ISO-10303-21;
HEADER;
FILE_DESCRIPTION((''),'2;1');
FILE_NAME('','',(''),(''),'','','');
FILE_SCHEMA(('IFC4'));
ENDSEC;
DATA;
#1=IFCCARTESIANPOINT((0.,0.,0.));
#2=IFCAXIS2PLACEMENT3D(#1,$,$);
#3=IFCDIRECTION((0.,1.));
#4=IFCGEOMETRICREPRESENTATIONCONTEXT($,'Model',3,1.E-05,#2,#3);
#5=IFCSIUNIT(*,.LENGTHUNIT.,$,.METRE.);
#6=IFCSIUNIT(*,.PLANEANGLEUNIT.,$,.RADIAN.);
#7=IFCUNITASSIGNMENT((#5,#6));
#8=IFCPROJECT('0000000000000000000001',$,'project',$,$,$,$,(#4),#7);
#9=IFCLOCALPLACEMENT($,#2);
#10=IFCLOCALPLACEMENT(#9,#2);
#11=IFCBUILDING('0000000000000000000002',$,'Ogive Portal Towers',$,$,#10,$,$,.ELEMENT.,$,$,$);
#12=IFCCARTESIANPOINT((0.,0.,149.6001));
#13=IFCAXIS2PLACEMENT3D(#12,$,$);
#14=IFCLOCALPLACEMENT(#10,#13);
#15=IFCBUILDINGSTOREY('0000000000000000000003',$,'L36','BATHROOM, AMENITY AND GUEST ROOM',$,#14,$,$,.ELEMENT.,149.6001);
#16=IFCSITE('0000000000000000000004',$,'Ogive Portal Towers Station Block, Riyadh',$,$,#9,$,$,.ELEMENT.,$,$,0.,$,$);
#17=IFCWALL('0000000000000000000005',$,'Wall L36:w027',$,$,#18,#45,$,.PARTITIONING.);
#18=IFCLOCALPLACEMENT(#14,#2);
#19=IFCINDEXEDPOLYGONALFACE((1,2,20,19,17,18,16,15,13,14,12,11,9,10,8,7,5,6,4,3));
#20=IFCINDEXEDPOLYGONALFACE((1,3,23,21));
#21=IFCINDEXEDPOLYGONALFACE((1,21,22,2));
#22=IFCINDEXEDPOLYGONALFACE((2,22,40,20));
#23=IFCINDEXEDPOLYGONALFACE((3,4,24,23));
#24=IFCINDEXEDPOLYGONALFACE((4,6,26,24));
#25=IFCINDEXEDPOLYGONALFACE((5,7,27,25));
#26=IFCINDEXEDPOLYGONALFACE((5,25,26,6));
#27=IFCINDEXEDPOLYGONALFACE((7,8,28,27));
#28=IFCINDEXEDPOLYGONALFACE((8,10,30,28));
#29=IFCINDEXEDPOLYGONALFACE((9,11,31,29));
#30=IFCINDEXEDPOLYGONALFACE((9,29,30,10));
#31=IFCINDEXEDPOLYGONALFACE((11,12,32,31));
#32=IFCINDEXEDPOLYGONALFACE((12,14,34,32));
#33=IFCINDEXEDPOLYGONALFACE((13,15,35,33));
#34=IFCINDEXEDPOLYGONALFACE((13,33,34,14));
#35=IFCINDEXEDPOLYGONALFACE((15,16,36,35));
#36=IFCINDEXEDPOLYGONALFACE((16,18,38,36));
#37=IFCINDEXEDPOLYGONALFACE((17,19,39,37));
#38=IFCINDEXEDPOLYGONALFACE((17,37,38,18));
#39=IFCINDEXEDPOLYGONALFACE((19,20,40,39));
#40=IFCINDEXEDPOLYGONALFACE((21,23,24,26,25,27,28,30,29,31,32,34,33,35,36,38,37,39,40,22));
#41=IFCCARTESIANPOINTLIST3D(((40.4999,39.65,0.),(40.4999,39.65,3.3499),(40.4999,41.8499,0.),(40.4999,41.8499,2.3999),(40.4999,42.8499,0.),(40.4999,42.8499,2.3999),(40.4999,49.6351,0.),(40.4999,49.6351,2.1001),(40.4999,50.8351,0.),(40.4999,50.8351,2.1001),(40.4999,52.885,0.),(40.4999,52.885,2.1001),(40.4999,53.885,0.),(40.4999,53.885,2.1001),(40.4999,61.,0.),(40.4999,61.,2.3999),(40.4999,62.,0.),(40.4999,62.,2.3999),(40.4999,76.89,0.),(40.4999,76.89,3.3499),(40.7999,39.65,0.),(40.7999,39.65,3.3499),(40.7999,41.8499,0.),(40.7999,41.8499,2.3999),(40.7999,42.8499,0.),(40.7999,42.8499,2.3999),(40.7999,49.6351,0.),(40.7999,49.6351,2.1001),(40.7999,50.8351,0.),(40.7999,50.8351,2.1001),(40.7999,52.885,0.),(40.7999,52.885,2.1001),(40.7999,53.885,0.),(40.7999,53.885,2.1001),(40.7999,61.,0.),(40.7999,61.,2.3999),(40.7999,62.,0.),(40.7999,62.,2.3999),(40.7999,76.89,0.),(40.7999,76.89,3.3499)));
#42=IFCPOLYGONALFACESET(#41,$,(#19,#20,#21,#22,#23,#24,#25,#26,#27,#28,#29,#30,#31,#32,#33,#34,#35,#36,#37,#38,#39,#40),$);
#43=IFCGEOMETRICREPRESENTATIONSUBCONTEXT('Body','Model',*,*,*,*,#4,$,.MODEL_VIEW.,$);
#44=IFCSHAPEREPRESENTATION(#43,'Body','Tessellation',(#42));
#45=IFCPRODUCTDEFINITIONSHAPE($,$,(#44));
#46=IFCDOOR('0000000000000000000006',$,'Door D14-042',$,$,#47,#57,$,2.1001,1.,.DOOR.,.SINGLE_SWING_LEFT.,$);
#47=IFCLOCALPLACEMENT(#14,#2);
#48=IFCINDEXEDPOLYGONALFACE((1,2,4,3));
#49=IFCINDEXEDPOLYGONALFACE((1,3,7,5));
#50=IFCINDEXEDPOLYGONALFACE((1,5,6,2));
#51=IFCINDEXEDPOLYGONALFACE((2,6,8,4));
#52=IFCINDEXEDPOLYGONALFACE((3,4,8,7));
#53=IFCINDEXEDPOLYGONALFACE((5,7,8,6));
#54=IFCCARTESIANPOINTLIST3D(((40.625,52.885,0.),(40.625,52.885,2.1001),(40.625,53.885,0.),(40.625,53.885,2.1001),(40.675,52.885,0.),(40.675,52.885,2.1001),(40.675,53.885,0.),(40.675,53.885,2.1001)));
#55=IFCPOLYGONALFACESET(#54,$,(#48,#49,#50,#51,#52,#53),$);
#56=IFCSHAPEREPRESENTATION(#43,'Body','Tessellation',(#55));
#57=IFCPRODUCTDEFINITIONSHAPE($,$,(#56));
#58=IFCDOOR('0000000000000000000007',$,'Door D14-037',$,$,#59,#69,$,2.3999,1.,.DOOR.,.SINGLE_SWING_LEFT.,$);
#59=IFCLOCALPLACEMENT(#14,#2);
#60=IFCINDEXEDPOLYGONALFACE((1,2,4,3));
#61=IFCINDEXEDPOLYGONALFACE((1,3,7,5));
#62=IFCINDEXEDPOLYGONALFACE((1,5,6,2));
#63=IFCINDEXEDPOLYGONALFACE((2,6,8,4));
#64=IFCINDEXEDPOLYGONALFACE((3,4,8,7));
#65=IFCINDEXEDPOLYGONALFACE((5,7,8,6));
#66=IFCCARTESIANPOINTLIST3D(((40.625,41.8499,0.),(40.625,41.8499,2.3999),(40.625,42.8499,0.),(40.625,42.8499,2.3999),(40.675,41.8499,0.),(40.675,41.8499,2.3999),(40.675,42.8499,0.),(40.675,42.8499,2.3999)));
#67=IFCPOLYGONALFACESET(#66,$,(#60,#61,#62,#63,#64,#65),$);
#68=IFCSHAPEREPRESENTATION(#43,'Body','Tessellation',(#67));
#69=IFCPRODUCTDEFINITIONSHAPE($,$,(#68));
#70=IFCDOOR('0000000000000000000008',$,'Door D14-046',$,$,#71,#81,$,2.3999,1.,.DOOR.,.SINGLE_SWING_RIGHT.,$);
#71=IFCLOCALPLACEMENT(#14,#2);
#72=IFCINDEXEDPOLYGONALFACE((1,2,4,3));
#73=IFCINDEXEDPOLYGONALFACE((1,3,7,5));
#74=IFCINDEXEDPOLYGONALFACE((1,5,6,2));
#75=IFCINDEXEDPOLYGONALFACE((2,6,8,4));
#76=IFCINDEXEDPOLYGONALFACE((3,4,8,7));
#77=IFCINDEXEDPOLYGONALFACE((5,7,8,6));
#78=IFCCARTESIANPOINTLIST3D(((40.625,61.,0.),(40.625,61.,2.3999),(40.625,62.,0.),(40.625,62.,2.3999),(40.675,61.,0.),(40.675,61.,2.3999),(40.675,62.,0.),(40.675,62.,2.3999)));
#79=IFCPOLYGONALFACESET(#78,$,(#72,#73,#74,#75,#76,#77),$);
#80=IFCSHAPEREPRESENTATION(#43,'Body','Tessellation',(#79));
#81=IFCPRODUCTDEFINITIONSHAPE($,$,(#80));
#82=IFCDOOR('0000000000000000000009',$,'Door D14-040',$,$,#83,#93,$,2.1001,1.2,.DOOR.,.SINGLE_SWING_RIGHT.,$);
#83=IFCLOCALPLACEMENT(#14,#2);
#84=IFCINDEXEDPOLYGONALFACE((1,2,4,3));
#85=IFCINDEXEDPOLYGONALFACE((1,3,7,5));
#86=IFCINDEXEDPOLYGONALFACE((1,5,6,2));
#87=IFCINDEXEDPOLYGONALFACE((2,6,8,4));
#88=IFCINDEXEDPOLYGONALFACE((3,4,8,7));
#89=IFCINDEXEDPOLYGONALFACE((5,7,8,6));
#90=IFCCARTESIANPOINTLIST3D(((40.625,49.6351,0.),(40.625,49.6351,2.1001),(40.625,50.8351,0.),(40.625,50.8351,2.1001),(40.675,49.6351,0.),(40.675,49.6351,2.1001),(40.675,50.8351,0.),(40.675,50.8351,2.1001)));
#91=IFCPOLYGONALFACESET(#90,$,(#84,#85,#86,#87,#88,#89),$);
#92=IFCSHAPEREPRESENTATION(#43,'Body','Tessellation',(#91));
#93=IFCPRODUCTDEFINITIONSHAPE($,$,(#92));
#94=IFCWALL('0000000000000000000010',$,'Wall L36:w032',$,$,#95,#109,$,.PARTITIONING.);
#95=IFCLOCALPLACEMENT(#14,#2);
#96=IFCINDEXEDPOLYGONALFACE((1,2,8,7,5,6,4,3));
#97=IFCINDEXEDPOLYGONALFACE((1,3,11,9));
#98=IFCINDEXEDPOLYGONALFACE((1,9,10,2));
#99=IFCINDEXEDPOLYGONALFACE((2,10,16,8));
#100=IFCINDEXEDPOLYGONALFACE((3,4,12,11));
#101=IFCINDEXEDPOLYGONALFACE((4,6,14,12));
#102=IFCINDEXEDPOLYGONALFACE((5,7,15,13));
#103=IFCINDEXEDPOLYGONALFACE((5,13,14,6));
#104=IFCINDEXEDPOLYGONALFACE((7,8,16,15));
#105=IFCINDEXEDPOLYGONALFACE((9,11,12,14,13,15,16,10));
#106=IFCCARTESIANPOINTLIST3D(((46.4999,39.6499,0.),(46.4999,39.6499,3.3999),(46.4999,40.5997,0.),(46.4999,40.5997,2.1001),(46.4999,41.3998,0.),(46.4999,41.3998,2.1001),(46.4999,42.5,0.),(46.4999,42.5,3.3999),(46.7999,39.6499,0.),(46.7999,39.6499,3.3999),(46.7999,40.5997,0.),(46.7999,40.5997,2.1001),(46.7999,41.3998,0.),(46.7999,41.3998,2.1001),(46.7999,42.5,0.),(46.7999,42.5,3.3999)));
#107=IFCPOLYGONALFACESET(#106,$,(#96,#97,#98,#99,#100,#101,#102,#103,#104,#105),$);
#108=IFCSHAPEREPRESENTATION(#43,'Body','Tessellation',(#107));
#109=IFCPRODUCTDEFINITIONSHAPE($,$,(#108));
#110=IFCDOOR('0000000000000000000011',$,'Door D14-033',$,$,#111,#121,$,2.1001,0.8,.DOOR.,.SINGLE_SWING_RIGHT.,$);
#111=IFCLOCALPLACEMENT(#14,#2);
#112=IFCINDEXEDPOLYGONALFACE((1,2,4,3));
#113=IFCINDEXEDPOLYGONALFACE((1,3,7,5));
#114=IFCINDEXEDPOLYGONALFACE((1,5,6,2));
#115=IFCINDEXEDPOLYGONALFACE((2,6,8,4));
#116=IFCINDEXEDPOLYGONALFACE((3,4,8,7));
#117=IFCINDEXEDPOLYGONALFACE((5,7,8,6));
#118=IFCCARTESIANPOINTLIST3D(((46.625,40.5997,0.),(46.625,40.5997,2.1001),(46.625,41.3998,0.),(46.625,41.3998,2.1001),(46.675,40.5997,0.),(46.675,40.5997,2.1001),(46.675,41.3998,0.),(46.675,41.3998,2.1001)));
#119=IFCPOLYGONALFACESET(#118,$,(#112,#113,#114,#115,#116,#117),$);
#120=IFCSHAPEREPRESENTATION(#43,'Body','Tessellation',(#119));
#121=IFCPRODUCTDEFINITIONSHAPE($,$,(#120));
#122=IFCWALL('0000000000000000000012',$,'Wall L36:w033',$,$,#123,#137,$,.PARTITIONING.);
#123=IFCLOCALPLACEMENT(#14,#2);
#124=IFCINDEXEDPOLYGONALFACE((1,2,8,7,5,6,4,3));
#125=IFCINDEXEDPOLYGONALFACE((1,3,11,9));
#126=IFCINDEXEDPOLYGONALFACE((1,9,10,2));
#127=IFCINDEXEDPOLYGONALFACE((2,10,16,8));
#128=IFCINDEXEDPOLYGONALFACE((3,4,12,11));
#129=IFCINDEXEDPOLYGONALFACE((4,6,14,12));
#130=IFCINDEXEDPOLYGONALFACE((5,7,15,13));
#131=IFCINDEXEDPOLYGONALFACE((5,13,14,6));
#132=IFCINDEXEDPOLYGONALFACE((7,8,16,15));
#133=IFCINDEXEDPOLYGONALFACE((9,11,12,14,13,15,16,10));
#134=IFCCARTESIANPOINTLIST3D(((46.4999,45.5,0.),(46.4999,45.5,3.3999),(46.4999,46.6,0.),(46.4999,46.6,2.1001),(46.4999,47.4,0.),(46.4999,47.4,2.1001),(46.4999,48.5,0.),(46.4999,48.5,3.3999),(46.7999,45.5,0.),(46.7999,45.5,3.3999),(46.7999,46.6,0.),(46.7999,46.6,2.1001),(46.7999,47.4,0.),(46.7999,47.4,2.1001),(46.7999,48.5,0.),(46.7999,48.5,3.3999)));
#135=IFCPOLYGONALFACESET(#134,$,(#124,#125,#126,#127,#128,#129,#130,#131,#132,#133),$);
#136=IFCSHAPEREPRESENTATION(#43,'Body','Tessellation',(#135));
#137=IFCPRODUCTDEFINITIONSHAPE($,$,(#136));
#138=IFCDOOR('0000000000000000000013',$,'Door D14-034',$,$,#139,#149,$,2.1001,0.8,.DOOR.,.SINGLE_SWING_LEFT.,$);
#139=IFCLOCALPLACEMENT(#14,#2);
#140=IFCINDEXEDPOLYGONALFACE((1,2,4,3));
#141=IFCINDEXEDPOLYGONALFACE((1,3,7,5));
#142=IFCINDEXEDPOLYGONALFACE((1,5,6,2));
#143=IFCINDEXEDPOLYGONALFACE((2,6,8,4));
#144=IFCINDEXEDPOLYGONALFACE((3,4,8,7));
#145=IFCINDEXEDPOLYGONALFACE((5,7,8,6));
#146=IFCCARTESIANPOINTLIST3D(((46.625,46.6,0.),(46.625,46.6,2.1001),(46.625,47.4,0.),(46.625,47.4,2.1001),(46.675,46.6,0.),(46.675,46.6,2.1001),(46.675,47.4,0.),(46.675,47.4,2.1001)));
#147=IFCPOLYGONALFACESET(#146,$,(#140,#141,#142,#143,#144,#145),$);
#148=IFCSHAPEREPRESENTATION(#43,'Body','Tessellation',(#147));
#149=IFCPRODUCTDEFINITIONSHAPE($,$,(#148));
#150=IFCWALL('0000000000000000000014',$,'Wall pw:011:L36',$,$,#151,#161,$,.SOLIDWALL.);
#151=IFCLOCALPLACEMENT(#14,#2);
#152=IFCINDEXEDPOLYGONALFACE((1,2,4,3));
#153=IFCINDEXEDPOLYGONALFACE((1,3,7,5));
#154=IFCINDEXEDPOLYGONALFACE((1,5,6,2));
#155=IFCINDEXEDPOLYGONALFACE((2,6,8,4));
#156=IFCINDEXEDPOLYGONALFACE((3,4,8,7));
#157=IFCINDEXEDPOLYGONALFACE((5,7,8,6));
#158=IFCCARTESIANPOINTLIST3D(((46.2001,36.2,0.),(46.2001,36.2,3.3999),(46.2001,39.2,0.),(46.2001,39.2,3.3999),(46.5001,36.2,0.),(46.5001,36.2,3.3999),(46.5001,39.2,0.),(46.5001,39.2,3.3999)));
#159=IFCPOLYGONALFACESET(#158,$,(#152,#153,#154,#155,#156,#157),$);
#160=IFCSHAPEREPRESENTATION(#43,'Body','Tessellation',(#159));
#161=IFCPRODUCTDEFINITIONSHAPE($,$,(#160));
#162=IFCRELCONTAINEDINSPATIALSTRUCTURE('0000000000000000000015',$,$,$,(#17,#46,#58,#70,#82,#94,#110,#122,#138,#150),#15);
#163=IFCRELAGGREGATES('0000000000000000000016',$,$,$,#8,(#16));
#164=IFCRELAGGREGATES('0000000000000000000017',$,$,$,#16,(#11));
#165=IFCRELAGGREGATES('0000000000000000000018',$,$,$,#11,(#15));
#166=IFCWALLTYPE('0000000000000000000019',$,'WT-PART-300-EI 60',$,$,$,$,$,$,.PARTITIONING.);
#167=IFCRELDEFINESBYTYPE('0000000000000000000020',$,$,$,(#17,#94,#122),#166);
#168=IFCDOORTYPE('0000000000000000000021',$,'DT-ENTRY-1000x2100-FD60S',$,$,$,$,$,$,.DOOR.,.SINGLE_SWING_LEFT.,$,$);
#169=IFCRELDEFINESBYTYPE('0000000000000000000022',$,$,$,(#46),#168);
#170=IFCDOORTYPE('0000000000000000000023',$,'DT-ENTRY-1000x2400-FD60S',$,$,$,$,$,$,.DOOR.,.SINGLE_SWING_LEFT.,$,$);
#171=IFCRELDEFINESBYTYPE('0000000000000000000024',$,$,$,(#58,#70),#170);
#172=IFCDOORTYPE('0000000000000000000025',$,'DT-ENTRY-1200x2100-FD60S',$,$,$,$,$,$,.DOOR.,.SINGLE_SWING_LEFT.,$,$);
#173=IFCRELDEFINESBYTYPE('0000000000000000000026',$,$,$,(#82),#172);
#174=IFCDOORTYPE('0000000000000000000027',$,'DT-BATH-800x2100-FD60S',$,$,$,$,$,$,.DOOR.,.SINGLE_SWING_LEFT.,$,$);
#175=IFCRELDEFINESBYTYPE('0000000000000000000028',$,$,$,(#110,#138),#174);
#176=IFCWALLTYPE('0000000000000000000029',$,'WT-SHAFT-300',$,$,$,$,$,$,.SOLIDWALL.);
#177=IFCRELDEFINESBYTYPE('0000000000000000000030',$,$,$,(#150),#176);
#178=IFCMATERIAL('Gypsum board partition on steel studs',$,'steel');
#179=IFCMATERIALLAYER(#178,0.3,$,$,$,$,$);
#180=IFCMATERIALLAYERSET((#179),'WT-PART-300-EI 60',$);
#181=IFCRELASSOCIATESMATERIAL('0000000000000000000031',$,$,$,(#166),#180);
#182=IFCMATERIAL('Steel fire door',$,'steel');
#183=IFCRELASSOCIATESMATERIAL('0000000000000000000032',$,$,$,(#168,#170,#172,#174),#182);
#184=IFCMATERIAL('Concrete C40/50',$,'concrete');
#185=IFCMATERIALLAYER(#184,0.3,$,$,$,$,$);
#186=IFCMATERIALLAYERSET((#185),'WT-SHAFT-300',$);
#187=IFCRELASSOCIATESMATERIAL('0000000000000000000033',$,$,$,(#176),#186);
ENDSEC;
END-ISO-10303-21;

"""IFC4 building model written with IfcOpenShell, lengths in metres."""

from ifc_helpers import new_model, si_unit, direction, frame, frame_2d, origin, place, context, subcontext, project, spatial, rectangle, extrude, material, layer, layer_set, type_object, element, fill, save


model = new_model("IFC4")

# Units and contexts
model_context = context("Model", 3, precision=1e-05, world=origin(), true_north=direction((0.0, 1.0)))
body_context = subcontext(model_context, "Body", "Model", "MODEL_VIEW")
ifc_project = project(units=[si_unit("LENGTHUNIT", "METRE"), si_unit("PLANEANGLEUNIT", "RADIAN")], contexts=[model_context])

# Site, building, storey
site_placement = place(None, origin())
site = spatial("IfcSite", under=ifc_project, at=site_placement, Name="Ogive Portal Towers Station Block, Riyadh", CompositionType="ELEMENT", RefElevation=0.0)
building_placement = place(site_placement, origin())
building = spatial("IfcBuilding", under=site, at=building_placement, Name="Ogive Portal Towers", CompositionType="ELEMENT")
storey_placement = place(building_placement, frame((0.0, 0.0, 149.6001)))
storey = spatial("IfcBuildingStorey", under=building, at=storey_placement, Name="L36", Description="BATHROOM, AMENITY AND GUEST ROOM", CompositionType="ELEMENT", Elevation=149.6001)

# Shared definitions
ifc_material_1 = material(Name="Concrete C40/50", Category="concrete")

# Shared definitions
ifc_material_2 = material(Name="Gypsum board partition on steel studs", Category="steel")
ifc_layer_1 = layer(ifc_material_2, 0.3)
ifc_layer_set_1 = layer_set([ifc_layer_1], Name="WT-PART-300-EI 60")
wall_type_1 = type_object("IfcWallType", Name="WT-PART-300-EI 60", PredefinedType="PARTITIONING", material=ifc_layer_set_1)

# Wall, openings, doors
wall_1_placement = place(storey_placement, frame((40.6499, 39.6499, 0.0), z_axis=(0.0, 0.0, 1.0), x_axis=(0.0, 1.0, 0.0)))
wall_1 = element("IfcWall", 1, at=wall_1_placement, inside=storey, type_object=wall_type_1, Name="Wall L36:w027", PredefinedType="PARTITIONING", context=body_context, shape_type="SweptSolid", body=[
    extrude(rectangle(XDim=37.24, YDim=0.3, at=frame_2d((18.6201, 0.0))), origin(), (0.0, 0.0, 1.0), 3.3499),
])
opening_1_placement = place(wall_1_placement, frame((2.2, 0.0, 0.0)))
opening_1 = element("IfcOpeningElement", 2, at=opening_1_placement, cuts=wall_1, PredefinedType="OPENING", context=body_context, shape_type="SweptSolid", body=[
    extrude(rectangle(XDim=1.0, YDim=2.3999, at=frame_2d((0.5, 1.2))), frame((0.0, 0.1602, 0.0), z_axis=(0.0, -1.0, 0.0), x_axis=(1.0, 0.0, 0.0)), (0.0, 0.0, 1.0), 0.3201),
])
opening_2_placement = place(wall_1_placement, frame((9.9851, 0.0, 0.0)))
opening_2 = element("IfcOpeningElement", 3, at=opening_2_placement, cuts=wall_1, PredefinedType="OPENING", context=body_context, shape_type="SweptSolid", body=[
    extrude(rectangle(XDim=1.2, YDim=2.1001, at=frame_2d((0.6001, 1.05))), frame((0.0, 0.1602, 0.0), z_axis=(0.0, -1.0, 0.0), x_axis=(1.0, 0.0, 0.0)), (0.0, 0.0, 1.0), 0.3201),
])
opening_3_placement = place(wall_1_placement, frame((13.2351, 0.0, 0.0)))
opening_3 = element("IfcOpeningElement", 4, at=opening_3_placement, cuts=wall_1, PredefinedType="OPENING", context=body_context, shape_type="SweptSolid", body=[
    extrude(rectangle(XDim=1.0, YDim=2.1001, at=frame_2d((0.5, 1.05))), frame((0.0, 0.1602, 0.0), z_axis=(0.0, -1.0, 0.0), x_axis=(1.0, 0.0, 0.0)), (0.0, 0.0, 1.0), 0.3201),
])
opening_4_placement = place(wall_1_placement, frame((21.3501, 0.0, 0.0)))
opening_4 = element("IfcOpeningElement", 5, at=opening_4_placement, cuts=wall_1, PredefinedType="OPENING", context=body_context, shape_type="SweptSolid", body=[
    extrude(rectangle(XDim=1.0, YDim=2.3999, at=frame_2d((0.5, 1.2))), frame((0.0, 0.1602, 0.0), z_axis=(0.0, -1.0, 0.0), x_axis=(1.0, 0.0, 0.0)), (0.0, 0.0, 1.0), 0.3201),
])
ifc_material_3 = material(Name="Steel fire door", Category="steel")
door_type_1 = type_object("IfcDoorType", Name="DT-ENTRY-1000x2100-FD60S", OperationType="SINGLE_SWING_LEFT", PredefinedType="DOOR", material=ifc_material_3)
door_1_placement = place(opening_3_placement, origin())
door_1 = element("IfcDoor", 6, at=door_1_placement, inside=storey, type_object=door_type_1, Name="Door D14-042", OperationType="SINGLE_SWING_LEFT", OverallHeight=2.1001, OverallWidth=1.0, PredefinedType="DOOR", context=body_context, shape_type="SweptSolid", body=[
    extrude(rectangle(XDim=1.0, YDim=2.1001, at=frame_2d((0.5, 1.05))), frame((0.0, 0.0249, 0.0), z_axis=(0.0, -1.0, 0.0), x_axis=(1.0, 0.0, 0.0)), (0.0, 0.0, 1.0), 0.05),
])
fill(opening_3, door_1)
door_type_2 = type_object("IfcDoorType", Name="DT-ENTRY-1000x2400-FD60S", OperationType="SINGLE_SWING_LEFT", PredefinedType="DOOR", material=ifc_material_3)
door_2_placement = place(opening_1_placement, origin())
door_2 = element("IfcDoor", 7, at=door_2_placement, inside=storey, type_object=door_type_2, Name="Door D14-037", OperationType="SINGLE_SWING_LEFT", OverallHeight=2.3999, OverallWidth=1.0, PredefinedType="DOOR", context=body_context, shape_type="SweptSolid", body=[
    extrude(rectangle(XDim=1.0, YDim=2.3999, at=frame_2d((0.5, 1.2))), frame((0.0, 0.0249, 0.0), z_axis=(0.0, -1.0, 0.0), x_axis=(1.0, 0.0, 0.0)), (0.0, 0.0, 1.0), 0.05),
])
fill(opening_1, door_2)
door_3_placement = place(opening_4_placement, origin())
door_3 = element("IfcDoor", 8, at=door_3_placement, inside=storey, type_object=door_type_2, Name="Door D14-046", OperationType="SINGLE_SWING_RIGHT", OverallHeight=2.3999, OverallWidth=1.0, PredefinedType="DOOR", context=body_context, shape_type="SweptSolid", body=[
    extrude(rectangle(XDim=1.0, YDim=2.3999, at=frame_2d((0.5, 1.2))), frame((0.0, 0.0249, 0.0), z_axis=(0.0, -1.0, 0.0), x_axis=(1.0, 0.0, 0.0)), (0.0, 0.0, 1.0), 0.05),
])
fill(opening_4, door_3)
door_type_3 = type_object("IfcDoorType", Name="DT-ENTRY-1200x2100-FD60S", OperationType="SINGLE_SWING_LEFT", PredefinedType="DOOR", material=ifc_material_3)
door_4_placement = place(opening_2_placement, origin())
door_4 = element("IfcDoor", 9, at=door_4_placement, inside=storey, type_object=door_type_3, Name="Door D14-040", OperationType="SINGLE_SWING_RIGHT", OverallHeight=2.1001, OverallWidth=1.2, PredefinedType="DOOR", context=body_context, shape_type="SweptSolid", body=[
    extrude(rectangle(XDim=1.2, YDim=2.1001, at=frame_2d((0.6001, 1.05))), frame((0.0, 0.0249, 0.0), z_axis=(0.0, -1.0, 0.0), x_axis=(1.0, 0.0, 0.0)), (0.0, 0.0, 1.0), 0.05),
])
fill(opening_2, door_4)

# Walls, openings, doors
wall_2_placement = place(storey_placement, frame((46.6499, 39.6499, 0.0), z_axis=(0.0, 0.0, 1.0), x_axis=(0.0, 1.0, 0.0)))
wall_2 = element("IfcWall", 10, at=wall_2_placement, inside=storey, type_object=wall_type_1, Name="Wall L36:w032", PredefinedType="PARTITIONING", context=body_context, shape_type="SweptSolid", body=[
    extrude(rectangle(XDim=2.8501, YDim=0.3, at=frame_2d((1.425, 0.0))), origin(), (0.0, 0.0, 1.0), 3.3999),
])
opening_5_placement = place(wall_2_placement, frame((0.95, 0.0, 0.0)))
opening_5 = element("IfcOpeningElement", 11, at=opening_5_placement, cuts=wall_2, PredefinedType="OPENING", context=body_context, shape_type="SweptSolid", body=[
    extrude(rectangle(XDim=0.8, YDim=2.1001, at=frame_2d((0.3999, 1.05))), frame((0.0, 0.1602, 0.0), z_axis=(0.0, -1.0, 0.0), x_axis=(1.0, 0.0, 0.0)), (0.0, 0.0, 1.0), 0.3201),
])
door_type_4 = type_object("IfcDoorType", Name="DT-BATH-800x2100-FD60S", OperationType="SINGLE_SWING_LEFT", PredefinedType="DOOR", material=ifc_material_3)
door_5_placement = place(opening_5_placement, origin())
door_5 = element("IfcDoor", 12, at=door_5_placement, inside=storey, type_object=door_type_4, Name="Door D14-033", OperationType="SINGLE_SWING_RIGHT", OverallHeight=2.1001, OverallWidth=0.8, PredefinedType="DOOR", context=body_context, shape_type="SweptSolid", body=[
    extrude(rectangle(XDim=0.8, YDim=2.1001, at=frame_2d((0.3999, 1.05))), frame((0.0, 0.0249, 0.0), z_axis=(0.0, -1.0, 0.0), x_axis=(1.0, 0.0, 0.0)), (0.0, 0.0, 1.0), 0.05),
])
fill(opening_5, door_5)
wall_3_placement = place(storey_placement, frame((46.6499, 45.5, 0.0), z_axis=(0.0, 0.0, 1.0), x_axis=(0.0, 1.0, 0.0)))
wall_3 = element("IfcWall", 13, at=wall_3_placement, inside=storey, type_object=wall_type_1, Name="Wall L36:w033", PredefinedType="PARTITIONING", context=body_context, shape_type="SweptSolid", body=[
    extrude(rectangle(XDim=3.0, YDim=0.3, at=frame_2d((1.5, 0.0))), origin(), (0.0, 0.0, 1.0), 3.3999),
])
opening_6_placement = place(wall_3_placement, frame((1.1001, 0.0, 0.0)))
opening_6 = element("IfcOpeningElement", 14, at=opening_6_placement, cuts=wall_3, PredefinedType="OPENING", context=body_context, shape_type="SweptSolid", body=[
    extrude(rectangle(XDim=0.8, YDim=2.1001, at=frame_2d((0.3999, 1.05))), frame((0.0, 0.1602, 0.0), z_axis=(0.0, -1.0, 0.0), x_axis=(1.0, 0.0, 0.0)), (0.0, 0.0, 1.0), 0.3201),
])
door_6_placement = place(opening_6_placement, origin())
door_6 = element("IfcDoor", 15, at=door_6_placement, inside=storey, type_object=door_type_4, Name="Door D14-034", OperationType="SINGLE_SWING_LEFT", OverallHeight=2.1001, OverallWidth=0.8, PredefinedType="DOOR", context=body_context, shape_type="SweptSolid", body=[
    extrude(rectangle(XDim=0.8, YDim=2.1001, at=frame_2d((0.3999, 1.05))), frame((0.0, 0.0249, 0.0), z_axis=(0.0, -1.0, 0.0), x_axis=(1.0, 0.0, 0.0)), (0.0, 0.0, 1.0), 0.05),
])
fill(opening_6, door_6)

# Wall
ifc_layer_2 = layer(ifc_material_1, 0.3)
ifc_layer_set_2 = layer_set([ifc_layer_2], Name="WT-SHAFT-300")
wall_type_2 = type_object("IfcWallType", Name="WT-SHAFT-300", PredefinedType="SOLIDWALL", material=ifc_layer_set_2)
wall_4_placement = place(storey_placement, frame((46.3501, 36.2, 0.0), z_axis=(0.0, 0.0, 1.0), x_axis=(0.0, 1.0, 0.0)))
element("IfcWall", 16, at=wall_4_placement, inside=storey, type_object=wall_type_2, Name="Wall pw:011:L36", PredefinedType="SOLIDWALL", context=body_context, shape_type="SweptSolid", body=[
    extrude(rectangle(XDim=3.0, YDim=0.3, at=frame_2d((1.5, 0.0))), origin(), (0.0, 0.0, 1.0), 3.3999),
])

save(model, "model.ifc")
